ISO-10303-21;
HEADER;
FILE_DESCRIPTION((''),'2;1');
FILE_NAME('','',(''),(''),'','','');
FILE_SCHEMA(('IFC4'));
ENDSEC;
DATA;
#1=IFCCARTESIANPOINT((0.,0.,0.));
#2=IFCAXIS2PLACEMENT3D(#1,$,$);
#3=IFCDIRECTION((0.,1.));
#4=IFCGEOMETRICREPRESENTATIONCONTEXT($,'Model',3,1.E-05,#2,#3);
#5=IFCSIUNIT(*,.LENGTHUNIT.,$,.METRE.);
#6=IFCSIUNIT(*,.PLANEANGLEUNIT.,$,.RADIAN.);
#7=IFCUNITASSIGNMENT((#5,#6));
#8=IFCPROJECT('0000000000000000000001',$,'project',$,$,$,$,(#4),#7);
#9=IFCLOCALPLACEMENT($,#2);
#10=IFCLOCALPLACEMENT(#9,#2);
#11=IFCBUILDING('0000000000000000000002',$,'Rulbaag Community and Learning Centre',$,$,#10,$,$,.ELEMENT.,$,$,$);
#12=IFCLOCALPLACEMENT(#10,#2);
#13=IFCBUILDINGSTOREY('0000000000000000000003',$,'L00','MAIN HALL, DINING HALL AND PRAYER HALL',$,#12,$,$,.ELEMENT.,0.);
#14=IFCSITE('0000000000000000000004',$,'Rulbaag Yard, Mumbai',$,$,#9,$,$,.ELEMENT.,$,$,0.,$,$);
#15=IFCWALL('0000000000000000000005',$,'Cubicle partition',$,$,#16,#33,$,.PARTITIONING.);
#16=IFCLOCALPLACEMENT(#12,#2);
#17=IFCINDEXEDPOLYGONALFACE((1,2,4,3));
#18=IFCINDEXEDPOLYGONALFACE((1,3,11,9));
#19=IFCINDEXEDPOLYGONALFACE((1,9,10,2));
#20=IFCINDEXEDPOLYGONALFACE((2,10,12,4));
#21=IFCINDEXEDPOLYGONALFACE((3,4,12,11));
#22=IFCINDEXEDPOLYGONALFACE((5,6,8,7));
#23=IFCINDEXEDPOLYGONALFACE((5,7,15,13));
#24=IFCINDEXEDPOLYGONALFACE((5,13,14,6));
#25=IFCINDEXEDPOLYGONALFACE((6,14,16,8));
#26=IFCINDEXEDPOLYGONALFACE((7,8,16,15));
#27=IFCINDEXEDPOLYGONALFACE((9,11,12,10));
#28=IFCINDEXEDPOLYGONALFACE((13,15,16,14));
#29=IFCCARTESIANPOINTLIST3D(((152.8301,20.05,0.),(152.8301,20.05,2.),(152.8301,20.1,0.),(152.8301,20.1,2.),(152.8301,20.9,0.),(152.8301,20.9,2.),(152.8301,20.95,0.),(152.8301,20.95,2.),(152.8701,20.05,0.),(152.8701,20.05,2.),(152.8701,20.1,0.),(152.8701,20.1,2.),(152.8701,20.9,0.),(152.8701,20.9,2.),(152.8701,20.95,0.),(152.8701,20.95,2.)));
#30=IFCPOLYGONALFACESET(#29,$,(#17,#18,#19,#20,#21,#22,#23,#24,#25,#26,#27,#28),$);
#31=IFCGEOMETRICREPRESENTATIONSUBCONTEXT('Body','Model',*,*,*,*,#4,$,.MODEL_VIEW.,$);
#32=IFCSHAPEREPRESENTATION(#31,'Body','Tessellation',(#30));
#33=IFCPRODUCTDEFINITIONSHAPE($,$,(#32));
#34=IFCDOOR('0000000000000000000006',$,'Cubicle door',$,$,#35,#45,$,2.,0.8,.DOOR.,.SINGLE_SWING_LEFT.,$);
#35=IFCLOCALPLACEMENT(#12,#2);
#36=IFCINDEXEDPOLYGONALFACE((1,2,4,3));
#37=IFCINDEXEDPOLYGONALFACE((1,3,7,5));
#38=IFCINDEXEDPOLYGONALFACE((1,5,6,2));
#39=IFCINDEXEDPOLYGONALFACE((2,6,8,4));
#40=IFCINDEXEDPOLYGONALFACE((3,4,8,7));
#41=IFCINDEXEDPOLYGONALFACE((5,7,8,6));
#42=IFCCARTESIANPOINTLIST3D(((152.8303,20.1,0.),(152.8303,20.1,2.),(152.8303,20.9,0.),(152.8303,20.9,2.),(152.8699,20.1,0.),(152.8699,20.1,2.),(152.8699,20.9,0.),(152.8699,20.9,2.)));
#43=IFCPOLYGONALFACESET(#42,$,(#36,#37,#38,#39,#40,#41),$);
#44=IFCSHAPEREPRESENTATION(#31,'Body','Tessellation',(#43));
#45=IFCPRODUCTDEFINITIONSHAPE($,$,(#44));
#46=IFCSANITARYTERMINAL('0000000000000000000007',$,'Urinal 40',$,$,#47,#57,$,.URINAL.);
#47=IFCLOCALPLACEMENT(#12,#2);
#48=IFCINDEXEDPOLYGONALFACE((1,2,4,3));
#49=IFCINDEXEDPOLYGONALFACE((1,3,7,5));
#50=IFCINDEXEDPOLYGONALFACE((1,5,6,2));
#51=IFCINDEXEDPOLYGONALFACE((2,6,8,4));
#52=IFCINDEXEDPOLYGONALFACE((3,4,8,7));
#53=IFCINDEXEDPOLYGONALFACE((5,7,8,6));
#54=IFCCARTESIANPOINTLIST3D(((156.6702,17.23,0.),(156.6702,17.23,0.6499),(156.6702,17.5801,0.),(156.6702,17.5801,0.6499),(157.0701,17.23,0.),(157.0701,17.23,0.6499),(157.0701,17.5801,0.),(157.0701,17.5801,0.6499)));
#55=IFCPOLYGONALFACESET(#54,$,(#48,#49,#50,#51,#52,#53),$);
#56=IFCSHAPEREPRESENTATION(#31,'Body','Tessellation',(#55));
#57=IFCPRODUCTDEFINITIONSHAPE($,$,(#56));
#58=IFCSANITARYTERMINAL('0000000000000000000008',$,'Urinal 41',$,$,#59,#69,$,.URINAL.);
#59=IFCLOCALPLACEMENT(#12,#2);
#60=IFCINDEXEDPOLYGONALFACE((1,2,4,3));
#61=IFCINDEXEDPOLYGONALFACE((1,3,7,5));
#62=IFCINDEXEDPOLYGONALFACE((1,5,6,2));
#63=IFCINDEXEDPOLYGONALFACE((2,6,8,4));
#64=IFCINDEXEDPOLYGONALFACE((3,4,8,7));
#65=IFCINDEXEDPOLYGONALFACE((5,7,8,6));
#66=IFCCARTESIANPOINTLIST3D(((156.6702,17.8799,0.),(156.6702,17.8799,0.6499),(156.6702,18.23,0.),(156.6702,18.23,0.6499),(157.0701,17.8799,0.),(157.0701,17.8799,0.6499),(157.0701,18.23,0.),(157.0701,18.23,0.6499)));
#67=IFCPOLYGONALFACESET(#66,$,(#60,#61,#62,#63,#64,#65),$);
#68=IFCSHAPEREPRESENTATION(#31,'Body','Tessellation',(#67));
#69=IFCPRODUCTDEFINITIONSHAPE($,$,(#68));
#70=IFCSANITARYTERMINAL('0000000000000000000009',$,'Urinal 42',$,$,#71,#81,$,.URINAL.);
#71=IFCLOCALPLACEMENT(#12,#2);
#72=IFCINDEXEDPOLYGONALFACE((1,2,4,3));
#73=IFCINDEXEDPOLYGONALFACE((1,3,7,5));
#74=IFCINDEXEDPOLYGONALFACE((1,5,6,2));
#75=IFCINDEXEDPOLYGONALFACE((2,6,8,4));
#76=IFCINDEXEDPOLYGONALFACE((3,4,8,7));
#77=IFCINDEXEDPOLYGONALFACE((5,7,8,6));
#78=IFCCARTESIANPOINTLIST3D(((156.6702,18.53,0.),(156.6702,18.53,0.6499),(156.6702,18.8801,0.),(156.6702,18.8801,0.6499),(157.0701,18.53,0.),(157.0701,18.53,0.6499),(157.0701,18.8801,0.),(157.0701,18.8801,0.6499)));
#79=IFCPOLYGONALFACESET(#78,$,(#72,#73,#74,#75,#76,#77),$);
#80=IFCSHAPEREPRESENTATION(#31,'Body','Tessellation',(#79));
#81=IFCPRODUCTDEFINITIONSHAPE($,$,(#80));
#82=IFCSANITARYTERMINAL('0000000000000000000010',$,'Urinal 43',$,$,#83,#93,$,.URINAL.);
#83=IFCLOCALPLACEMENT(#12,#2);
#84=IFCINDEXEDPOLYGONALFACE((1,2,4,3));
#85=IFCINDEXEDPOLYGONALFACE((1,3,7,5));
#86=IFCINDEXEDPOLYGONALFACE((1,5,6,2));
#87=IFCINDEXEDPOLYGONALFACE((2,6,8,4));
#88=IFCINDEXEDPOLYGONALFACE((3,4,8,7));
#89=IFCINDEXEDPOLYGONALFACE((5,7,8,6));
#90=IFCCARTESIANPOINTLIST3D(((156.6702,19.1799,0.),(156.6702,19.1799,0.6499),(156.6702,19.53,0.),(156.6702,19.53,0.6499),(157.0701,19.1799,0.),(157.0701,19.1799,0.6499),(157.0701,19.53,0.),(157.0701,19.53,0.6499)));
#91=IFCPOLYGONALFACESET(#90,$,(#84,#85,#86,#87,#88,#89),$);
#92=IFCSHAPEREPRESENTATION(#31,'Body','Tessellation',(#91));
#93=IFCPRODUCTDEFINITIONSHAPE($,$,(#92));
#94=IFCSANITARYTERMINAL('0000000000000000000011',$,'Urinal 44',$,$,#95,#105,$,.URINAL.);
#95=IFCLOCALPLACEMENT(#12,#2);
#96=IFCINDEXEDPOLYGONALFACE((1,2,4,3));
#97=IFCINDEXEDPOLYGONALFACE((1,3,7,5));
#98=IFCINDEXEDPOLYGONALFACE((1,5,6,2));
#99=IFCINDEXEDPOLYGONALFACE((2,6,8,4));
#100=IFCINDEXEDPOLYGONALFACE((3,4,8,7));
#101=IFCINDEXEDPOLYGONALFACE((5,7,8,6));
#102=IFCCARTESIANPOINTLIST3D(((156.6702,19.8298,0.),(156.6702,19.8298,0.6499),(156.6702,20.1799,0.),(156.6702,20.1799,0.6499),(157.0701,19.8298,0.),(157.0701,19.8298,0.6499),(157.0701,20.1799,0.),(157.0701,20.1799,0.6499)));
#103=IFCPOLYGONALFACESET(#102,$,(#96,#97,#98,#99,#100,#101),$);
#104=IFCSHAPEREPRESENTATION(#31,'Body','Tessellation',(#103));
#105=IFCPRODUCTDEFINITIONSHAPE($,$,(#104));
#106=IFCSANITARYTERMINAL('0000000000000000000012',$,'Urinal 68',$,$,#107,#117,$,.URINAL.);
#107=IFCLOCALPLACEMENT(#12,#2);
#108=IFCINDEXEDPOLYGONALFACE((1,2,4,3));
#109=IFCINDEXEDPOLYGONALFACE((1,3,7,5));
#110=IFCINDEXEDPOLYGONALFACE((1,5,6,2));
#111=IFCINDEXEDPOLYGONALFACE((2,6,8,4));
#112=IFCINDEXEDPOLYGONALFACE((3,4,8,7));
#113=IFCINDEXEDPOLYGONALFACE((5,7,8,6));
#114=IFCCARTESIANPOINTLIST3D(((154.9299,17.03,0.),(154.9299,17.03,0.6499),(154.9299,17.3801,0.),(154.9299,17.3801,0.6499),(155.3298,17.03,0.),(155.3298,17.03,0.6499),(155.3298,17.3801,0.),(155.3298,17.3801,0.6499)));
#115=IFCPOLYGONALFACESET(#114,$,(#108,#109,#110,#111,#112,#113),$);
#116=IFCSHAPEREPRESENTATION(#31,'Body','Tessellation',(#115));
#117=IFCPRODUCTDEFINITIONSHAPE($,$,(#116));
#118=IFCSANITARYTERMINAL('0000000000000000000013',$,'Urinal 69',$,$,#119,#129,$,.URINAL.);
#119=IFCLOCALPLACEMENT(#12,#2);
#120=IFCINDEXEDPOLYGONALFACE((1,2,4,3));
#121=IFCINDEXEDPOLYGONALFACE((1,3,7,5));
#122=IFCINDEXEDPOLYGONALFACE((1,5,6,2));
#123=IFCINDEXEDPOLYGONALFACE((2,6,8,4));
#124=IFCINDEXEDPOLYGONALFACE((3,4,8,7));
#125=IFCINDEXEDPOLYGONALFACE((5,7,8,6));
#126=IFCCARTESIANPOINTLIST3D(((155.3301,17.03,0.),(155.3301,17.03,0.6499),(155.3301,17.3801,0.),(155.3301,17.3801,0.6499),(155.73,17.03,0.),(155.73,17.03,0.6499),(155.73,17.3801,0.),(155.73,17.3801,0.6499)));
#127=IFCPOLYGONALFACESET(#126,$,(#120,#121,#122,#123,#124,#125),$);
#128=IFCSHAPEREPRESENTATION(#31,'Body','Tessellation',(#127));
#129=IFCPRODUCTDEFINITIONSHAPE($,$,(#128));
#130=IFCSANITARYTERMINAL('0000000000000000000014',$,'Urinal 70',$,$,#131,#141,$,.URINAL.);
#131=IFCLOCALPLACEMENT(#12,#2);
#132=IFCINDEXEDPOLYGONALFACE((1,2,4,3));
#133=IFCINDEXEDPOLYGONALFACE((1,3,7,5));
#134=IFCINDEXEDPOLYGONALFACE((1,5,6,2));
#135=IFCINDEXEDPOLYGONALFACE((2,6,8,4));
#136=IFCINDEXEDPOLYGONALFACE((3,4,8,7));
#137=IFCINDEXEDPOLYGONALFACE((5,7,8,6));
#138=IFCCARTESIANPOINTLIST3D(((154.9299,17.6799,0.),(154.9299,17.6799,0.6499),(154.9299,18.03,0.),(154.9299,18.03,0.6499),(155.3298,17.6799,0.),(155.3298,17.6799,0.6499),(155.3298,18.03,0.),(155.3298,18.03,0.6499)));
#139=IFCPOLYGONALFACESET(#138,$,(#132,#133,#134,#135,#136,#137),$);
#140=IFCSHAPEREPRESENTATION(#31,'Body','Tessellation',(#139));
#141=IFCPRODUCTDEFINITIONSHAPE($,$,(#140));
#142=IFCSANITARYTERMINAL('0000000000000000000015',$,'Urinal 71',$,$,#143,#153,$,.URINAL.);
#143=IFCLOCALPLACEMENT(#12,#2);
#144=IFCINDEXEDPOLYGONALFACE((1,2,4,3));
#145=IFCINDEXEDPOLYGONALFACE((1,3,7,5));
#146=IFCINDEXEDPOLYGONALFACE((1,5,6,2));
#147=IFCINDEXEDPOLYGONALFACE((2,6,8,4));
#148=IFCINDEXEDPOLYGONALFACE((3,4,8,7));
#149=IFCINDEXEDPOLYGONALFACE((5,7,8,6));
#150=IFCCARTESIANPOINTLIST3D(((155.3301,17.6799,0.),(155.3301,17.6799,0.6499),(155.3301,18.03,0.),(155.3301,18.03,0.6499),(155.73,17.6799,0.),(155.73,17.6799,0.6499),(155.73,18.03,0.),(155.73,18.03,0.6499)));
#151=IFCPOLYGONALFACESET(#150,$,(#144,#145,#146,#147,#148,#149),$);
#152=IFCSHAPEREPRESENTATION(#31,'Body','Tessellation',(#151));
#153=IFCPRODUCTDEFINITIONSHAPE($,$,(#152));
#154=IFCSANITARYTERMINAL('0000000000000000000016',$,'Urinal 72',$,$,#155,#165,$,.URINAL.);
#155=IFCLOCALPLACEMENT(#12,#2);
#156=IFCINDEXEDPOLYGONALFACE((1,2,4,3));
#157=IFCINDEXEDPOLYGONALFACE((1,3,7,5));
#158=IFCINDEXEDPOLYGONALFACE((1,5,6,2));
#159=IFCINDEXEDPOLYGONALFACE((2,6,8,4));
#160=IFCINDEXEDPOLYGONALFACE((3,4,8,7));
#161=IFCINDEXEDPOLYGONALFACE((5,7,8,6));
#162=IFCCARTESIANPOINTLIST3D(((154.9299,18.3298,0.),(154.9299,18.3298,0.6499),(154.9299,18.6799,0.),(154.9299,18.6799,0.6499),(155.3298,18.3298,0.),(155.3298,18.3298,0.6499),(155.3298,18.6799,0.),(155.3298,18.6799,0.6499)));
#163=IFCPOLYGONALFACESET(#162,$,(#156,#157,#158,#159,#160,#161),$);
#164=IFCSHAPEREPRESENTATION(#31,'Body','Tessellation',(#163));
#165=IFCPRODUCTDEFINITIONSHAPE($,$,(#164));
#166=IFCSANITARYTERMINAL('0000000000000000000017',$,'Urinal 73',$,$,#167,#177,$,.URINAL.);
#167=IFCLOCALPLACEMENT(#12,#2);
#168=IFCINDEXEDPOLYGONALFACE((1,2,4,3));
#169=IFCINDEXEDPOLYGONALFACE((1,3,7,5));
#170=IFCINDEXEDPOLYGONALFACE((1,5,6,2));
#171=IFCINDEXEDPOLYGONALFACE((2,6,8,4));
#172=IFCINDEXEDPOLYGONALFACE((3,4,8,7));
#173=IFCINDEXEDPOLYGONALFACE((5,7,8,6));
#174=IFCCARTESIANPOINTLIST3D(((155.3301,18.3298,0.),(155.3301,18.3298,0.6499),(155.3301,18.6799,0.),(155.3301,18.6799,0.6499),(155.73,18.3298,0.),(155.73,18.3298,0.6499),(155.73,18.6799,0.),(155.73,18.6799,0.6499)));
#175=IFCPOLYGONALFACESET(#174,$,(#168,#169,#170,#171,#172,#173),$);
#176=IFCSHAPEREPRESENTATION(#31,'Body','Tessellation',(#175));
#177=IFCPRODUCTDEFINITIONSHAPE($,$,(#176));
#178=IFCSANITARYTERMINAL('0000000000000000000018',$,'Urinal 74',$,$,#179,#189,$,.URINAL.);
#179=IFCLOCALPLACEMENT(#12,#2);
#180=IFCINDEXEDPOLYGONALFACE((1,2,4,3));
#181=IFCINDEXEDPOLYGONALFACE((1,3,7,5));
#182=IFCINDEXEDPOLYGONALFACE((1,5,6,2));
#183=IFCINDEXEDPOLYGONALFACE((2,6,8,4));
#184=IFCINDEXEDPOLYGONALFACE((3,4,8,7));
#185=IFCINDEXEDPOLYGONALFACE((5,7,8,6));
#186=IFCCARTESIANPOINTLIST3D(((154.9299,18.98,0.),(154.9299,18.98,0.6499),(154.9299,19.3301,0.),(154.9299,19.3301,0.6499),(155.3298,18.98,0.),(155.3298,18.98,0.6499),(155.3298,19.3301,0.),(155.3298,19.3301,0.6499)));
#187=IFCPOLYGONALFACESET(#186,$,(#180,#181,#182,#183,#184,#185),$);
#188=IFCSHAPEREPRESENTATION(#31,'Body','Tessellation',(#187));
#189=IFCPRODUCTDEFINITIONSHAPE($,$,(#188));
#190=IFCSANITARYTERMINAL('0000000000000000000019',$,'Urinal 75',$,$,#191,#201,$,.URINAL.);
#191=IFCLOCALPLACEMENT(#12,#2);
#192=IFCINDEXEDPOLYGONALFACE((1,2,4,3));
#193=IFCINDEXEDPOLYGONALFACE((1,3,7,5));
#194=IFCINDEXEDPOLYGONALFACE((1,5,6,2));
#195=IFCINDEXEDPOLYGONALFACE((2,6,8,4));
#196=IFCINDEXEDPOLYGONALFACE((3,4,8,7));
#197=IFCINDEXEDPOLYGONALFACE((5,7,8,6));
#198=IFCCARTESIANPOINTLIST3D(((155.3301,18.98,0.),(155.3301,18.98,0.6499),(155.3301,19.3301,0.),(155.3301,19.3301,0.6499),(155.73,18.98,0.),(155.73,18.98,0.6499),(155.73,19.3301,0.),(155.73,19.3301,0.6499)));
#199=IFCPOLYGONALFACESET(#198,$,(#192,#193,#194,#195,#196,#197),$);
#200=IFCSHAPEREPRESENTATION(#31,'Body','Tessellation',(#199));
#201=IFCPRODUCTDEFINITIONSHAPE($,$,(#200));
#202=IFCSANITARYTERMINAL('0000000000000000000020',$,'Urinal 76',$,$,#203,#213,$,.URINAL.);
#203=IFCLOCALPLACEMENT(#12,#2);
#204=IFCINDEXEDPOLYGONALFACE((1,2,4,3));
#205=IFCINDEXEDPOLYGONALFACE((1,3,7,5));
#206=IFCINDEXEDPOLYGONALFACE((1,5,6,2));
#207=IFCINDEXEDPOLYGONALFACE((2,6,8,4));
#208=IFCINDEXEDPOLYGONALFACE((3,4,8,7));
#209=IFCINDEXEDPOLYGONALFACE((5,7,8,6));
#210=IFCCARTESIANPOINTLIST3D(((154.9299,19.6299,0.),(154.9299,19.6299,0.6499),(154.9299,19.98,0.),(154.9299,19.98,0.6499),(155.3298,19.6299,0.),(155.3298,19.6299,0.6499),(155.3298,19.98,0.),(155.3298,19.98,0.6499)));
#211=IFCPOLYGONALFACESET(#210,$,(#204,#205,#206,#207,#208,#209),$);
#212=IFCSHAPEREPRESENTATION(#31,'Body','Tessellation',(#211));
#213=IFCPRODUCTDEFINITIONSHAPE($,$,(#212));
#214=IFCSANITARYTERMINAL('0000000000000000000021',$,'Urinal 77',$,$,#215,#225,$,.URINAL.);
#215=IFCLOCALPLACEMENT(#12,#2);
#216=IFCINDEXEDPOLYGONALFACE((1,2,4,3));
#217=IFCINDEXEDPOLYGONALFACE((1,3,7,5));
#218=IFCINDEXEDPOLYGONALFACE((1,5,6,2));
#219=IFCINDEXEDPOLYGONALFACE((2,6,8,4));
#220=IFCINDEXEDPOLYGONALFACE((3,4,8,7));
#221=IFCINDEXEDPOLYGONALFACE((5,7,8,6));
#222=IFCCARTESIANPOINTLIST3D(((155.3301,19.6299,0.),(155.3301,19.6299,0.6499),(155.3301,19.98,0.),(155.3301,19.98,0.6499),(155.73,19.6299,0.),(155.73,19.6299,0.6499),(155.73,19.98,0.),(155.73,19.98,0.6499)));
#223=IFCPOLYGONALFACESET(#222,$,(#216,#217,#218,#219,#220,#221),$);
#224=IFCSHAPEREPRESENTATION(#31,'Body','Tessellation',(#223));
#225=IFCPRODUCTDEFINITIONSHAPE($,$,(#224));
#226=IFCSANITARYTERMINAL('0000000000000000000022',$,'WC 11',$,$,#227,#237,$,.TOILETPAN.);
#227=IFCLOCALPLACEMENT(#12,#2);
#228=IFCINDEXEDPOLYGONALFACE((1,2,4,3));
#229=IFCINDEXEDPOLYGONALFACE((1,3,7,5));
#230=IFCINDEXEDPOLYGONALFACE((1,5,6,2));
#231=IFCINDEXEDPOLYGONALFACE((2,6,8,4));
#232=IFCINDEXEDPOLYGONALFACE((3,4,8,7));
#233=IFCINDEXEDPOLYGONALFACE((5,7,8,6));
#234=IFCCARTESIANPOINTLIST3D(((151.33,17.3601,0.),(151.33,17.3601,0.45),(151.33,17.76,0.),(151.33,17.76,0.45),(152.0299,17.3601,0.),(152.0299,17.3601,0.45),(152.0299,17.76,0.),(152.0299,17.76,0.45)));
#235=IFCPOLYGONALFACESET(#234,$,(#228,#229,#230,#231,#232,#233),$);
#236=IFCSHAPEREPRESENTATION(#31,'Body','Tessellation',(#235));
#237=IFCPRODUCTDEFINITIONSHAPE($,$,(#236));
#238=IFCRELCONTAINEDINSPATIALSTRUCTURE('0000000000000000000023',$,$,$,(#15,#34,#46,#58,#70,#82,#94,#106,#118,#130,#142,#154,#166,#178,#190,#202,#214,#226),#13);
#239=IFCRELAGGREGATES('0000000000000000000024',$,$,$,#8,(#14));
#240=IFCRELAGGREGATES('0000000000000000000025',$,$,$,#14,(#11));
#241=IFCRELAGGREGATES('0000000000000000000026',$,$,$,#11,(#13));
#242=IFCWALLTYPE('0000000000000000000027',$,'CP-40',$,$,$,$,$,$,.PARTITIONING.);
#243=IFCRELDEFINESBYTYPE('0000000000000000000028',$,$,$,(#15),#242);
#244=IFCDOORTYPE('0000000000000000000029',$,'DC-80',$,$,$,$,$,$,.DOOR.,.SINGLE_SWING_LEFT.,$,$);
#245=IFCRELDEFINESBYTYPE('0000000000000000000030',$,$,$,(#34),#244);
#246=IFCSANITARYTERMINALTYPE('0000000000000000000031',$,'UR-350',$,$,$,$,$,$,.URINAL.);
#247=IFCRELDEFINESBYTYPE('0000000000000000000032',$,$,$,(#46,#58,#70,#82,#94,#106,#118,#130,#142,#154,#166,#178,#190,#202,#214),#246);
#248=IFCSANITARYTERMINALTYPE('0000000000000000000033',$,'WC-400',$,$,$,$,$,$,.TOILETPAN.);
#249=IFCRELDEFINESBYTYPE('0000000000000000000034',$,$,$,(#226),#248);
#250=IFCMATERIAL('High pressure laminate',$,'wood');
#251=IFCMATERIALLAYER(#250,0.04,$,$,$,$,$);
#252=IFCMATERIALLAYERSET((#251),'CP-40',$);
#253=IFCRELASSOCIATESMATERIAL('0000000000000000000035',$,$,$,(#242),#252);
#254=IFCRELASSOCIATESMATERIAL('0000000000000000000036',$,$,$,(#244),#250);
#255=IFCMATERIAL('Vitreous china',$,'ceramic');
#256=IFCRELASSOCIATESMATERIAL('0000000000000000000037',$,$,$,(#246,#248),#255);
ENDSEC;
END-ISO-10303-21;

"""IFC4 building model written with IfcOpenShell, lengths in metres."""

from ifc_helpers import new_model, si_unit, direction, frame, frame_2d, origin, origin_2d, place, context, subcontext, project, spatial, rectangle, extrude, material, layer, layer_set, type_object, element, fill, save


model = new_model("IFC4")

# Units and contexts
model_context = context("Model", 3, precision=1e-05, world=origin(), true_north=direction((0.0, 1.0)))
body_context = subcontext(model_context, "Body", "Model", "MODEL_VIEW")
ifc_project = project(units=[si_unit("LENGTHUNIT", "METRE"), si_unit("PLANEANGLEUNIT", "RADIAN")], contexts=[model_context])

# Site, building, storey
site_placement = place(None, origin())
site = spatial("IfcSite", under=ifc_project, at=site_placement, Name="Rulbaag Yard, Mumbai", CompositionType="ELEMENT", RefElevation=0.0)
building_placement = place(site_placement, origin())
building = spatial("IfcBuilding", under=site, at=building_placement, Name="Rulbaag Community and Learning Centre", CompositionType="ELEMENT")
storey_placement = place(building_placement, origin())
storey = spatial("IfcBuildingStorey", under=building, at=storey_placement, Name="L00", Description="MAIN HALL, DINING HALL AND PRAYER HALL", CompositionType="ELEMENT", Elevation=0.0)

# Shared definitions
ifc_material_1 = material(Name="High pressure laminate", Category="wood")
ifc_layer = layer(ifc_material_1, 0.04)
ifc_layer_set = layer_set([ifc_layer], Name="CP-40")
wall_type = type_object("IfcWallType", Name="CP-40", PredefinedType="PARTITIONING", material=ifc_layer_set)

# Shared definitions
door_type = type_object("IfcDoorType", Name="DC-80", OperationType="SINGLE_SWING_LEFT", PredefinedType="DOOR", material=ifc_material_1)

# Wall, opening, door
wall_1_placement = place(storey_placement, frame((152.8501, 20.05, 0.0), z_axis=(0.0, 0.0, 1.0), x_axis=(0.0, 1.0, 0.0)))
wall_1 = element("IfcWall", 1, at=wall_1_placement, inside=storey, type_object=wall_type, Name="Cubicle partition", PredefinedType="PARTITIONING", context=body_context, shape_type="SweptSolid", body=[
    extrude(rectangle(XDim=0.8999, YDim=0.04, at=frame_2d((0.45, 0.0))), origin(), (0.0, 0.0, 1.0), 2.0),
])
opening_1_placement = place(wall_1_placement, frame((0.05, 0.0, 0.0)))
opening_1 = element("IfcOpeningElement", 2, at=opening_1_placement, cuts=wall_1, PredefinedType="OPENING", context=body_context, shape_type="SweptSolid", body=[
    extrude(rectangle(XDim=0.8, YDim=2.0, at=frame_2d((0.3999, 1.0))), frame((0.0, 0.03, 0.0), z_axis=(0.0, -1.0, 0.0), x_axis=(1.0, 0.0, 0.0)), (0.0, 0.0, 1.0), 0.0601),
])
door_1_placement = place(opening_1_placement, origin())
door_1 = element("IfcDoor", 3, at=door_1_placement, inside=storey, type_object=door_type, Name="Cubicle door", OperationType="SINGLE_SWING_LEFT", OverallHeight=2.0, OverallWidth=0.8, PredefinedType="DOOR", context=body_context, shape_type="SweptSolid", body=[
    extrude(rectangle(XDim=0.8, YDim=2.0, at=frame_2d((0.3999, 1.0))), frame((0.0, 0.0198, 0.0), z_axis=(0.0, -1.0, 0.0), x_axis=(1.0, 0.0, 0.0)), (0.0, 0.0, 1.0), 0.0396),
])
fill(opening_1, door_1)

# Sanitary terminals
ifc_material_2 = material(Name="Vitreous china", Category="ceramic")
sanitary_terminal_type_1 = type_object("IfcSanitaryTerminalType", Name="UR-350", PredefinedType="URINAL", material=ifc_material_2)
for number, where, z_axis, x_axis, name in (
    (4, (156.8701, 17.405, 0.0), (0.0, 0.0, 1.0), (1.0, 0.0, 0.0), "Urinal 40"),
    (5, (156.8701, 18.0549, 0.0), (0.0, 0.0, 1.0), (1.0, 0.0, 0.0), "Urinal 41"),
    (6, (156.8701, 18.7051, 0.0), (0.0, 0.0, 1.0), (1.0, 0.0, 0.0), "Urinal 42"),
    (7, (156.8701, 19.355, 0.0), (0.0, 0.0, 1.0), (1.0, 0.0, 0.0), "Urinal 43"),
    (8, (156.8701, 20.0049, 0.0), (0.0, 0.0, 1.0), (1.0, 0.0, 0.0), "Urinal 44"),
    (9, (155.1299, 17.2051, 0.0), (0.0, 0.0, 1.0), (1.0, 0.0, 0.0), "Urinal 68"),
    (10, (155.53, 17.2051, 0.0), (0.0, 0.0, 1.0), (1.0, 0.0, 0.0), "Urinal 69"),
    (11, (155.1299, 17.855, 0.0), (0.0, 0.0, 1.0), (1.0, 0.0, 0.0), "Urinal 70"),
    (12, (155.53, 17.855, 0.0), (0.0, 0.0, 1.0), (1.0, 0.0, 0.0), "Urinal 71"),
    (13, (155.1299, 18.5049, 0.0), (0.0, 0.0, 1.0), (1.0, 0.0, 0.0), "Urinal 72"),
    (14, (155.53, 18.5049, 0.0), (0.0, 0.0, 1.0), (1.0, 0.0, 0.0), "Urinal 73"),
    (15, (155.1299, 19.155, 0.0), (0.0, 0.0, 1.0), (1.0, 0.0, 0.0), "Urinal 74"),
    (16, (155.53, 19.155, 0.0), (0.0, 0.0, 1.0), (1.0, 0.0, 0.0), "Urinal 75"),
    (17, (155.1299, 19.8049, 0.0), (0.0, 0.0, 1.0), (1.0, 0.0, 0.0), "Urinal 76"),
    (18, (155.53, 19.8049, 0.0), (0.0, 0.0, 1.0), (1.0, 0.0, 0.0), "Urinal 77"),
):
    element("IfcSanitaryTerminal", number, at=place(storey_placement, frame(where, z_axis=z_axis, x_axis=x_axis)), inside=storey, type_object=sanitary_terminal_type_1, Name=name, PredefinedType="URINAL", context=body_context, shape_type="SweptSolid", body=[
        extrude(rectangle(XDim=0.3999, YDim=0.3501, at=origin_2d()), origin(), (0.0, 0.0, 1.0), 0.6499),
    ])
sanitary_terminal_type_2 = type_object("IfcSanitaryTerminalType", Name="WC-400", PredefinedType="TOILETPAN", material=ifc_material_2)
for number, where, z_axis, x_axis, name in (
    (19, (151.6799, 17.5601, 0.0), (0.0, 0.0, 1.0), (1.0, 0.0, 0.0), "WC 11"),
):
    element("IfcSanitaryTerminal", number, at=place(storey_placement, frame(where, z_axis=z_axis, x_axis=x_axis)), inside=storey, type_object=sanitary_terminal_type_2, Name=name, PredefinedType="TOILETPAN", context=body_context, shape_type="SweptSolid", body=[
        extrude(rectangle(XDim=0.7, YDim=0.3999, at=origin_2d()), origin(), (0.0, 0.0, 1.0), 0.45),
    ])

save(model, "model.ifc")
